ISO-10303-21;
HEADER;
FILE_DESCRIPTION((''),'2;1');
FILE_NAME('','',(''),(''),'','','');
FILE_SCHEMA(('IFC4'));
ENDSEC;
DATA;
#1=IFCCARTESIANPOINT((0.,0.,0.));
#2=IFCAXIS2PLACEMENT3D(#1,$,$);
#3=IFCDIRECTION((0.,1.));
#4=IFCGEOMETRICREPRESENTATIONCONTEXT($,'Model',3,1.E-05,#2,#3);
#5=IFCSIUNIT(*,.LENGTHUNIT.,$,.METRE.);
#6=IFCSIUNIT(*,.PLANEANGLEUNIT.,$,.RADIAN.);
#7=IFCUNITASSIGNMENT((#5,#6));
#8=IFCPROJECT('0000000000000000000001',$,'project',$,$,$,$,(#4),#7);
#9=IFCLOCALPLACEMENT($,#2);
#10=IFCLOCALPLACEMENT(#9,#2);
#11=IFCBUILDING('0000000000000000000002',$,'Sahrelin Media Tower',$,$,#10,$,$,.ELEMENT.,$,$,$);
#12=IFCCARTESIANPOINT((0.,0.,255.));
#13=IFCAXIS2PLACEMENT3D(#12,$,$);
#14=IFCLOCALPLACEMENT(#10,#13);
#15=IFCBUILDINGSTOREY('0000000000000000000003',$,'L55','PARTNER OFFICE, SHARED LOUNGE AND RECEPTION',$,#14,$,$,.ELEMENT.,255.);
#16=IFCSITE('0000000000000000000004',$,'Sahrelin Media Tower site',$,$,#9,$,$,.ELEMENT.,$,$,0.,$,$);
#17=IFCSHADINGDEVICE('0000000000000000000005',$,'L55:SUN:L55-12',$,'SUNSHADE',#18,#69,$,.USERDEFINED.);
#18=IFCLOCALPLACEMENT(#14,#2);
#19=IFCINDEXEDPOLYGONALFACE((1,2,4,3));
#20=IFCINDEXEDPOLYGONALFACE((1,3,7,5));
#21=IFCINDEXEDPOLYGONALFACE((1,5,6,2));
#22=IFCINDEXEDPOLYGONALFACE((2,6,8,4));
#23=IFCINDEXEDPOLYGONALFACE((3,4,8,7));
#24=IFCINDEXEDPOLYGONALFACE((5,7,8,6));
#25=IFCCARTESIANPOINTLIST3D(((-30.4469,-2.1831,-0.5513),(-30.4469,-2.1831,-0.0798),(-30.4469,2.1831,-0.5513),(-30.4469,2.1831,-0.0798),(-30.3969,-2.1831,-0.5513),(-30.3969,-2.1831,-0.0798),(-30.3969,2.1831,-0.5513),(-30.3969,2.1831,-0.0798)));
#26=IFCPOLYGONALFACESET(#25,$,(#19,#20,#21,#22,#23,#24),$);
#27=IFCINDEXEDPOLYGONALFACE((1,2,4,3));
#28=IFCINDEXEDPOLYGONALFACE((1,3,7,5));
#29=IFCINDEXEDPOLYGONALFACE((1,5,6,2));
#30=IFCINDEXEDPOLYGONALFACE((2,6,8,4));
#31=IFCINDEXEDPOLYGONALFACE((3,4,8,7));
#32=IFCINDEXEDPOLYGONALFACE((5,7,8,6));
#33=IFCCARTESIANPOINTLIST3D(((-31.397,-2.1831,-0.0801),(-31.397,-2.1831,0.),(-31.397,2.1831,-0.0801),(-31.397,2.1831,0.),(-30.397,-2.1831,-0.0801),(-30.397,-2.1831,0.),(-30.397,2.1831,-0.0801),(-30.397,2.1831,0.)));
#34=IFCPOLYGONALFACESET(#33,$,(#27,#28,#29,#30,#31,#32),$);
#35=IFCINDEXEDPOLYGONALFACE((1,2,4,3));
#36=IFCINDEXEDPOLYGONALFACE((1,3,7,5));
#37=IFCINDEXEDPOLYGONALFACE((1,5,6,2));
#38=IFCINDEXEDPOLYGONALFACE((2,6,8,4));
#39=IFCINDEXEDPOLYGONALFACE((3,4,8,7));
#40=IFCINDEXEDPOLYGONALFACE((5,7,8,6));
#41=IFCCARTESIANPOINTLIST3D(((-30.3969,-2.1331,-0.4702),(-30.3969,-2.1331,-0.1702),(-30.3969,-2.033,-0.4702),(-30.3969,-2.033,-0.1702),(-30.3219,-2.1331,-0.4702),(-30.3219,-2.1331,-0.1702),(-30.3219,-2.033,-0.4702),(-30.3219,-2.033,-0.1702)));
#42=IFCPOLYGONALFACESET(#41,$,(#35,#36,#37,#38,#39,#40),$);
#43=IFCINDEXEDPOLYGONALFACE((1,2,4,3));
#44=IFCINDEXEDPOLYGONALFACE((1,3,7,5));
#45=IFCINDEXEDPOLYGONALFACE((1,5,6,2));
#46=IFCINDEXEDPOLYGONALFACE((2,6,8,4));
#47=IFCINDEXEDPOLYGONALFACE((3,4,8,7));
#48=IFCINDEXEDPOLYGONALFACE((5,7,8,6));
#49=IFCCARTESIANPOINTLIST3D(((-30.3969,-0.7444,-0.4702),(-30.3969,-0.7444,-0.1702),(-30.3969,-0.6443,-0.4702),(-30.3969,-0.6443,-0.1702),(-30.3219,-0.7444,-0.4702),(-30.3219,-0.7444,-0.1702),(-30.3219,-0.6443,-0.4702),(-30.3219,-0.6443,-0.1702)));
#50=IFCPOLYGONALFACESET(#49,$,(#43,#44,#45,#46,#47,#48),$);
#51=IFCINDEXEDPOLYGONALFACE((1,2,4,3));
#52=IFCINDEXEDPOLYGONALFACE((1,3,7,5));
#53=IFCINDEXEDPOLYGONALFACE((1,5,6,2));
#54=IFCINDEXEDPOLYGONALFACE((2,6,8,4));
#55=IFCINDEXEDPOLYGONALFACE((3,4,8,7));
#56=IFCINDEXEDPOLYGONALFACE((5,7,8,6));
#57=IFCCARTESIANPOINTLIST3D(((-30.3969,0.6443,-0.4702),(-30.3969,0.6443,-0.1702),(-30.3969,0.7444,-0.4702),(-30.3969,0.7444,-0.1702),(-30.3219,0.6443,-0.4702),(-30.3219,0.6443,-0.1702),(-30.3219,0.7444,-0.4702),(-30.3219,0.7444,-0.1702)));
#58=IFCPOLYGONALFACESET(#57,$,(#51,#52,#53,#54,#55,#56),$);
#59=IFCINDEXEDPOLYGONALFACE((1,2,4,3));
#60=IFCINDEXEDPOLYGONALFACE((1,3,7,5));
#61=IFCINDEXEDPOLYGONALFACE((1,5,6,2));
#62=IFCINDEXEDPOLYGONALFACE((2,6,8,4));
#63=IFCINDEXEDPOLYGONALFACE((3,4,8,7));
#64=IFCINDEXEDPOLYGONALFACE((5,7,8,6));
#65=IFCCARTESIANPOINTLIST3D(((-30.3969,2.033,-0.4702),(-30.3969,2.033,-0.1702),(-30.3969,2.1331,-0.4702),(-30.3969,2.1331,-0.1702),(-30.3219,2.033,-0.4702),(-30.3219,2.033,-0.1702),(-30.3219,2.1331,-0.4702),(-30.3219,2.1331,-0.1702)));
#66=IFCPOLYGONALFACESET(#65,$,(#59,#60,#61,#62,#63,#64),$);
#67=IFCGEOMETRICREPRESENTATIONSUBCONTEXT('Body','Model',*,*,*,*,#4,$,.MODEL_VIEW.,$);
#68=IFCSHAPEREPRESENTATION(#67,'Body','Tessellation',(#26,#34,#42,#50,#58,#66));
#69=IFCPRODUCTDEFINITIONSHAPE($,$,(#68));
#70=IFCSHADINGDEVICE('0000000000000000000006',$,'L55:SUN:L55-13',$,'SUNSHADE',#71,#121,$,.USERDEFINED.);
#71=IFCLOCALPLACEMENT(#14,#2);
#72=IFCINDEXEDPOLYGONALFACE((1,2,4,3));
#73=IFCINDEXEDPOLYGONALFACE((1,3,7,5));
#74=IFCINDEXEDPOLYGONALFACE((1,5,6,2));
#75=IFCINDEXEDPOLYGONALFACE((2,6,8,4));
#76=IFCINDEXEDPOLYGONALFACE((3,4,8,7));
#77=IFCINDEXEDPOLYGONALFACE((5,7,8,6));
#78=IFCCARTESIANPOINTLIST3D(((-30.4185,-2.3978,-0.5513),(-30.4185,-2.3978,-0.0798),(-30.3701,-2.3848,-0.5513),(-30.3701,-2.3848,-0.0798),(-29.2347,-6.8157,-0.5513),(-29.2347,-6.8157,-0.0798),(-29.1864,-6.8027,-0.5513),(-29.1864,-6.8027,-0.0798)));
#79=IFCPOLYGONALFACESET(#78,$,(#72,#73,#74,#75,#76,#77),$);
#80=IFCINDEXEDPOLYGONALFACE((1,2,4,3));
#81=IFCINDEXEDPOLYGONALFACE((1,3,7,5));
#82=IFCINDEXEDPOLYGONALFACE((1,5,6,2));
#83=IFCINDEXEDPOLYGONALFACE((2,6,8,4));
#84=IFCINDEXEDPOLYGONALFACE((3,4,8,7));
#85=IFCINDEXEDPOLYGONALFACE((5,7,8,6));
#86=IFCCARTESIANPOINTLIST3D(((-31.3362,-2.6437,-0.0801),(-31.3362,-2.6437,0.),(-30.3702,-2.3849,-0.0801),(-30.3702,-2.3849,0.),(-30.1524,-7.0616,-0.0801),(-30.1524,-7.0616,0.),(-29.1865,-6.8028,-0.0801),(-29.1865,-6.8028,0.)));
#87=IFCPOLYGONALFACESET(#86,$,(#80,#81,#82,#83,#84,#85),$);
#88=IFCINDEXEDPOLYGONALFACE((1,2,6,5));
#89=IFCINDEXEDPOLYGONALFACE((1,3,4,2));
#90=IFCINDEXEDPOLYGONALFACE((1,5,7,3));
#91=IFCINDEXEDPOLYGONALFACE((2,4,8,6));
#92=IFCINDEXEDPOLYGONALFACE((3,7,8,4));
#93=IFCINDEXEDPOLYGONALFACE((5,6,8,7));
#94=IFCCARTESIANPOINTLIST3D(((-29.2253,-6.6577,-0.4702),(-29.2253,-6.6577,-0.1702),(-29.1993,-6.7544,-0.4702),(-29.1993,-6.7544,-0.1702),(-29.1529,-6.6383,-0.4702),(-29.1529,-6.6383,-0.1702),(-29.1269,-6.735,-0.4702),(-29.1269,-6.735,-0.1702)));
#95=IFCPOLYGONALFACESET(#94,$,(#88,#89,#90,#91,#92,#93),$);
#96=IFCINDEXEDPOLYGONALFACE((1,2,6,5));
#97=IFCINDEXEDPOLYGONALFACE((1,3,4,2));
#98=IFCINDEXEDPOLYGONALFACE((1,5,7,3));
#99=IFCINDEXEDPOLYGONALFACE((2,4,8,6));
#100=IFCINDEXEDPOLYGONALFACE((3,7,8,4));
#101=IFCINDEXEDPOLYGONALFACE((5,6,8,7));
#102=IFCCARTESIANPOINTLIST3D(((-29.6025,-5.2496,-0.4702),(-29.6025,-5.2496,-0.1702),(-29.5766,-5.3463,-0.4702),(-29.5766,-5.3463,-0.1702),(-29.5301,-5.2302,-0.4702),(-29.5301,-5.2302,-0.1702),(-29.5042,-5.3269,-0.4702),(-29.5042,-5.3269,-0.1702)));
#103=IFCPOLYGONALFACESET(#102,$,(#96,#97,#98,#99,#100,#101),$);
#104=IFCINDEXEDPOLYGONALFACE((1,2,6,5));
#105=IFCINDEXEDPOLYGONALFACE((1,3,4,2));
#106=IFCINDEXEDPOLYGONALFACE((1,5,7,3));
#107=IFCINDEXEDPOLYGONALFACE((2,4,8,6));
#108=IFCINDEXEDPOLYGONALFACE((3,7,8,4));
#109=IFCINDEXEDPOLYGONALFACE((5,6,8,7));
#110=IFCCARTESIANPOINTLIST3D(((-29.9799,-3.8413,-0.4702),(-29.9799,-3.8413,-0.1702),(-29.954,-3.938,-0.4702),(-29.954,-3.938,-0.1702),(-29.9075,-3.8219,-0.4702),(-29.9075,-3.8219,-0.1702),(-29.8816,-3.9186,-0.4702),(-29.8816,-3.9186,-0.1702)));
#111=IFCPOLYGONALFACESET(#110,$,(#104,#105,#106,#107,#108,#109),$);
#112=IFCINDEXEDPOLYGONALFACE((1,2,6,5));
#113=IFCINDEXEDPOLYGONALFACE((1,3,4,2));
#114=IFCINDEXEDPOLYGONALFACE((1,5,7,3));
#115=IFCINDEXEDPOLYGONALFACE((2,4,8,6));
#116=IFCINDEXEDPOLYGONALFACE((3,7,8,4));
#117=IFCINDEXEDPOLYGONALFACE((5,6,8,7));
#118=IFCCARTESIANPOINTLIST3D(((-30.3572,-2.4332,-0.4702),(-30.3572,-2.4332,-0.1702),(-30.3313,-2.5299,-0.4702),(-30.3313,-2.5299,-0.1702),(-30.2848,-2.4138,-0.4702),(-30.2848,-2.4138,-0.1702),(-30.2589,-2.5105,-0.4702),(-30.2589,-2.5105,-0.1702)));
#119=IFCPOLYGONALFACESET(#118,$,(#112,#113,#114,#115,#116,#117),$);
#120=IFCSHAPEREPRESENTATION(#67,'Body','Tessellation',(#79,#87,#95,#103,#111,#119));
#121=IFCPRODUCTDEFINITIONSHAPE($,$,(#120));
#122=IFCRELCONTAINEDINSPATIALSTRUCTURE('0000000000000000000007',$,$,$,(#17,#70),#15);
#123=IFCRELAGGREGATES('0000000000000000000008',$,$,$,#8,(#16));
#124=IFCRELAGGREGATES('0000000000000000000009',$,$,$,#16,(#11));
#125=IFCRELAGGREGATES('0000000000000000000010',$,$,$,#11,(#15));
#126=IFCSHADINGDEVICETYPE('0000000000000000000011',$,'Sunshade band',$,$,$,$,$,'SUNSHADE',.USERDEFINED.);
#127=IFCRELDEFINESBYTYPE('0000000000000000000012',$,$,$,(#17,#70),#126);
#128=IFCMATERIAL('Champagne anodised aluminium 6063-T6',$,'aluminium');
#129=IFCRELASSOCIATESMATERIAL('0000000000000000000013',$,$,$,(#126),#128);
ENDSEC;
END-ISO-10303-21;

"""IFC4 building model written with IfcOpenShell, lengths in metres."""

from ifc_helpers import new_model, si_unit, direction, frame, origin, origin_2d, place, context, subcontext, project, spatial, rectangle, extrude, material, type_object, element, save


model = new_model("IFC4")

# Units and contexts
model_context = context("Model", 3, precision=1e-05, world=origin(), true_north=direction((0.0, 1.0)))
body_context = subcontext(model_context, "Body", "Model", "MODEL_VIEW")
ifc_project = project(units=[si_unit("LENGTHUNIT", "METRE"), si_unit("PLANEANGLEUNIT", "RADIAN")], contexts=[model_context])

# Site, building, storey
site_placement = place(None, origin())
site = spatial("IfcSite", under=ifc_project, at=site_placement, Name="Sahrelin Media Tower site", CompositionType="ELEMENT", RefElevation=0.0)
building_placement = place(site_placement, origin())
building = spatial("IfcBuilding", under=site, at=building_placement, Name="Sahrelin Media Tower", CompositionType="ELEMENT")
storey_placement = place(building_placement, frame((0.0, 0.0, 255.0)))
storey = spatial("IfcBuildingStorey", under=building, at=storey_placement, Name="L55", Description="PARTNER OFFICE, SHARED LOUNGE AND RECEPTION", CompositionType="ELEMENT", Elevation=255.0)

# Shared definitions
ifc_material_1 = material(Name="Champagne anodised aluminium 6063-T6", Category="aluminium")

# Shading devices
placement_1 = place(storey_placement, frame((-30.377, 0.0, 0.0), z_axis=(0.0, 0.0, 1.0), x_axis=(0.0, 1.0, 0.0)))
placement_2 = place(storey_placement, frame((-29.759, -4.5886, 0.0), z_axis=(0.0, 0.0, 1.0), x_axis=(-0.258808, 0.965929, 0.0)))
shading_device_type_1 = type_object("IfcShadingDeviceType", Name="Sunshade band", ElementType="SUNSHADE", PredefinedType="USERDEFINED", material=ifc_material_1)
element("IfcShadingDevice", 1, at=placement_1, inside=storey, type_object=shading_device_type_1, Name="L55:SUN:L55-12", ObjectType="SUNSHADE", PredefinedType="USERDEFINED", context=body_context, shape_type="SweptSolid", body=[
    extrude(rectangle(XDim=4.3662, YDim=0.05, at=origin_2d()), frame((0.0, 0.0449, -0.5513)), (0.0, 0.0, 1.0), 0.4714),
    extrude(rectangle(XDim=4.3662, YDim=1.0, at=origin_2d()), frame((0.0, 0.52, -0.0801)), (0.0, 0.0, 1.0), 0.0801),
    extrude(rectangle(XDim=0.1001, YDim=0.075, at=origin_2d()), frame((-2.083, -0.0176, -0.4702)), (0.0, 0.0, 1.0), 0.3),
    extrude(rectangle(XDim=0.1001, YDim=0.075, at=origin_2d()), frame((-0.6943, -0.0176, -0.4702)), (0.0, 0.0, 1.0), 0.3),
    extrude(rectangle(XDim=0.1001, YDim=0.075, at=origin_2d()), frame((0.6943, -0.0176, -0.4702)), (0.0, 0.0, 1.0), 0.3),
    extrude(rectangle(XDim=0.1001, YDim=0.075, at=origin_2d()), frame((2.083, -0.0176, -0.4702)), (0.0, 0.0, 1.0), 0.3),
])
element("IfcShadingDevice", 2, at=placement_2, inside=storey, type_object=shading_device_type_1, Name="L55:SUN:L55-13", ObjectType="SUNSHADE", PredefinedType="USERDEFINED", context=body_context, shape_type="SweptSolid", body=[
    extrude(rectangle(XDim=4.5737, YDim=0.05, at=origin_2d()), frame((0.0, 0.0449, -0.5513)), (0.0, 0.0, 1.0), 0.4714),
    extrude(rectangle(XDim=4.5737, YDim=1.0, at=origin_2d()), frame((0.0, 0.52, -0.0801)), (0.0, 0.0, 1.0), 0.0801),
    extrude(rectangle(XDim=0.1001, YDim=0.075, at=origin_2d()), frame((-2.1868, -0.0176, -0.4702)), (0.0, 0.0, 1.0), 0.3),
    extrude(rectangle(XDim=0.1001, YDim=0.075, at=origin_2d()), frame((-0.729, -0.0176, -0.4702)), (0.0, 0.0, 1.0), 0.3),
    extrude(rectangle(XDim=0.1001, YDim=0.075, at=origin_2d()), frame((0.729, -0.0176, -0.4702)), (0.0, 0.0, 1.0), 0.3),
    extrude(rectangle(XDim=0.1001, YDim=0.075, at=origin_2d()), frame((2.1868, -0.0176, -0.4702)), (0.0, 0.0, 1.0), 0.3),
])

save(model, "model.ifc")
